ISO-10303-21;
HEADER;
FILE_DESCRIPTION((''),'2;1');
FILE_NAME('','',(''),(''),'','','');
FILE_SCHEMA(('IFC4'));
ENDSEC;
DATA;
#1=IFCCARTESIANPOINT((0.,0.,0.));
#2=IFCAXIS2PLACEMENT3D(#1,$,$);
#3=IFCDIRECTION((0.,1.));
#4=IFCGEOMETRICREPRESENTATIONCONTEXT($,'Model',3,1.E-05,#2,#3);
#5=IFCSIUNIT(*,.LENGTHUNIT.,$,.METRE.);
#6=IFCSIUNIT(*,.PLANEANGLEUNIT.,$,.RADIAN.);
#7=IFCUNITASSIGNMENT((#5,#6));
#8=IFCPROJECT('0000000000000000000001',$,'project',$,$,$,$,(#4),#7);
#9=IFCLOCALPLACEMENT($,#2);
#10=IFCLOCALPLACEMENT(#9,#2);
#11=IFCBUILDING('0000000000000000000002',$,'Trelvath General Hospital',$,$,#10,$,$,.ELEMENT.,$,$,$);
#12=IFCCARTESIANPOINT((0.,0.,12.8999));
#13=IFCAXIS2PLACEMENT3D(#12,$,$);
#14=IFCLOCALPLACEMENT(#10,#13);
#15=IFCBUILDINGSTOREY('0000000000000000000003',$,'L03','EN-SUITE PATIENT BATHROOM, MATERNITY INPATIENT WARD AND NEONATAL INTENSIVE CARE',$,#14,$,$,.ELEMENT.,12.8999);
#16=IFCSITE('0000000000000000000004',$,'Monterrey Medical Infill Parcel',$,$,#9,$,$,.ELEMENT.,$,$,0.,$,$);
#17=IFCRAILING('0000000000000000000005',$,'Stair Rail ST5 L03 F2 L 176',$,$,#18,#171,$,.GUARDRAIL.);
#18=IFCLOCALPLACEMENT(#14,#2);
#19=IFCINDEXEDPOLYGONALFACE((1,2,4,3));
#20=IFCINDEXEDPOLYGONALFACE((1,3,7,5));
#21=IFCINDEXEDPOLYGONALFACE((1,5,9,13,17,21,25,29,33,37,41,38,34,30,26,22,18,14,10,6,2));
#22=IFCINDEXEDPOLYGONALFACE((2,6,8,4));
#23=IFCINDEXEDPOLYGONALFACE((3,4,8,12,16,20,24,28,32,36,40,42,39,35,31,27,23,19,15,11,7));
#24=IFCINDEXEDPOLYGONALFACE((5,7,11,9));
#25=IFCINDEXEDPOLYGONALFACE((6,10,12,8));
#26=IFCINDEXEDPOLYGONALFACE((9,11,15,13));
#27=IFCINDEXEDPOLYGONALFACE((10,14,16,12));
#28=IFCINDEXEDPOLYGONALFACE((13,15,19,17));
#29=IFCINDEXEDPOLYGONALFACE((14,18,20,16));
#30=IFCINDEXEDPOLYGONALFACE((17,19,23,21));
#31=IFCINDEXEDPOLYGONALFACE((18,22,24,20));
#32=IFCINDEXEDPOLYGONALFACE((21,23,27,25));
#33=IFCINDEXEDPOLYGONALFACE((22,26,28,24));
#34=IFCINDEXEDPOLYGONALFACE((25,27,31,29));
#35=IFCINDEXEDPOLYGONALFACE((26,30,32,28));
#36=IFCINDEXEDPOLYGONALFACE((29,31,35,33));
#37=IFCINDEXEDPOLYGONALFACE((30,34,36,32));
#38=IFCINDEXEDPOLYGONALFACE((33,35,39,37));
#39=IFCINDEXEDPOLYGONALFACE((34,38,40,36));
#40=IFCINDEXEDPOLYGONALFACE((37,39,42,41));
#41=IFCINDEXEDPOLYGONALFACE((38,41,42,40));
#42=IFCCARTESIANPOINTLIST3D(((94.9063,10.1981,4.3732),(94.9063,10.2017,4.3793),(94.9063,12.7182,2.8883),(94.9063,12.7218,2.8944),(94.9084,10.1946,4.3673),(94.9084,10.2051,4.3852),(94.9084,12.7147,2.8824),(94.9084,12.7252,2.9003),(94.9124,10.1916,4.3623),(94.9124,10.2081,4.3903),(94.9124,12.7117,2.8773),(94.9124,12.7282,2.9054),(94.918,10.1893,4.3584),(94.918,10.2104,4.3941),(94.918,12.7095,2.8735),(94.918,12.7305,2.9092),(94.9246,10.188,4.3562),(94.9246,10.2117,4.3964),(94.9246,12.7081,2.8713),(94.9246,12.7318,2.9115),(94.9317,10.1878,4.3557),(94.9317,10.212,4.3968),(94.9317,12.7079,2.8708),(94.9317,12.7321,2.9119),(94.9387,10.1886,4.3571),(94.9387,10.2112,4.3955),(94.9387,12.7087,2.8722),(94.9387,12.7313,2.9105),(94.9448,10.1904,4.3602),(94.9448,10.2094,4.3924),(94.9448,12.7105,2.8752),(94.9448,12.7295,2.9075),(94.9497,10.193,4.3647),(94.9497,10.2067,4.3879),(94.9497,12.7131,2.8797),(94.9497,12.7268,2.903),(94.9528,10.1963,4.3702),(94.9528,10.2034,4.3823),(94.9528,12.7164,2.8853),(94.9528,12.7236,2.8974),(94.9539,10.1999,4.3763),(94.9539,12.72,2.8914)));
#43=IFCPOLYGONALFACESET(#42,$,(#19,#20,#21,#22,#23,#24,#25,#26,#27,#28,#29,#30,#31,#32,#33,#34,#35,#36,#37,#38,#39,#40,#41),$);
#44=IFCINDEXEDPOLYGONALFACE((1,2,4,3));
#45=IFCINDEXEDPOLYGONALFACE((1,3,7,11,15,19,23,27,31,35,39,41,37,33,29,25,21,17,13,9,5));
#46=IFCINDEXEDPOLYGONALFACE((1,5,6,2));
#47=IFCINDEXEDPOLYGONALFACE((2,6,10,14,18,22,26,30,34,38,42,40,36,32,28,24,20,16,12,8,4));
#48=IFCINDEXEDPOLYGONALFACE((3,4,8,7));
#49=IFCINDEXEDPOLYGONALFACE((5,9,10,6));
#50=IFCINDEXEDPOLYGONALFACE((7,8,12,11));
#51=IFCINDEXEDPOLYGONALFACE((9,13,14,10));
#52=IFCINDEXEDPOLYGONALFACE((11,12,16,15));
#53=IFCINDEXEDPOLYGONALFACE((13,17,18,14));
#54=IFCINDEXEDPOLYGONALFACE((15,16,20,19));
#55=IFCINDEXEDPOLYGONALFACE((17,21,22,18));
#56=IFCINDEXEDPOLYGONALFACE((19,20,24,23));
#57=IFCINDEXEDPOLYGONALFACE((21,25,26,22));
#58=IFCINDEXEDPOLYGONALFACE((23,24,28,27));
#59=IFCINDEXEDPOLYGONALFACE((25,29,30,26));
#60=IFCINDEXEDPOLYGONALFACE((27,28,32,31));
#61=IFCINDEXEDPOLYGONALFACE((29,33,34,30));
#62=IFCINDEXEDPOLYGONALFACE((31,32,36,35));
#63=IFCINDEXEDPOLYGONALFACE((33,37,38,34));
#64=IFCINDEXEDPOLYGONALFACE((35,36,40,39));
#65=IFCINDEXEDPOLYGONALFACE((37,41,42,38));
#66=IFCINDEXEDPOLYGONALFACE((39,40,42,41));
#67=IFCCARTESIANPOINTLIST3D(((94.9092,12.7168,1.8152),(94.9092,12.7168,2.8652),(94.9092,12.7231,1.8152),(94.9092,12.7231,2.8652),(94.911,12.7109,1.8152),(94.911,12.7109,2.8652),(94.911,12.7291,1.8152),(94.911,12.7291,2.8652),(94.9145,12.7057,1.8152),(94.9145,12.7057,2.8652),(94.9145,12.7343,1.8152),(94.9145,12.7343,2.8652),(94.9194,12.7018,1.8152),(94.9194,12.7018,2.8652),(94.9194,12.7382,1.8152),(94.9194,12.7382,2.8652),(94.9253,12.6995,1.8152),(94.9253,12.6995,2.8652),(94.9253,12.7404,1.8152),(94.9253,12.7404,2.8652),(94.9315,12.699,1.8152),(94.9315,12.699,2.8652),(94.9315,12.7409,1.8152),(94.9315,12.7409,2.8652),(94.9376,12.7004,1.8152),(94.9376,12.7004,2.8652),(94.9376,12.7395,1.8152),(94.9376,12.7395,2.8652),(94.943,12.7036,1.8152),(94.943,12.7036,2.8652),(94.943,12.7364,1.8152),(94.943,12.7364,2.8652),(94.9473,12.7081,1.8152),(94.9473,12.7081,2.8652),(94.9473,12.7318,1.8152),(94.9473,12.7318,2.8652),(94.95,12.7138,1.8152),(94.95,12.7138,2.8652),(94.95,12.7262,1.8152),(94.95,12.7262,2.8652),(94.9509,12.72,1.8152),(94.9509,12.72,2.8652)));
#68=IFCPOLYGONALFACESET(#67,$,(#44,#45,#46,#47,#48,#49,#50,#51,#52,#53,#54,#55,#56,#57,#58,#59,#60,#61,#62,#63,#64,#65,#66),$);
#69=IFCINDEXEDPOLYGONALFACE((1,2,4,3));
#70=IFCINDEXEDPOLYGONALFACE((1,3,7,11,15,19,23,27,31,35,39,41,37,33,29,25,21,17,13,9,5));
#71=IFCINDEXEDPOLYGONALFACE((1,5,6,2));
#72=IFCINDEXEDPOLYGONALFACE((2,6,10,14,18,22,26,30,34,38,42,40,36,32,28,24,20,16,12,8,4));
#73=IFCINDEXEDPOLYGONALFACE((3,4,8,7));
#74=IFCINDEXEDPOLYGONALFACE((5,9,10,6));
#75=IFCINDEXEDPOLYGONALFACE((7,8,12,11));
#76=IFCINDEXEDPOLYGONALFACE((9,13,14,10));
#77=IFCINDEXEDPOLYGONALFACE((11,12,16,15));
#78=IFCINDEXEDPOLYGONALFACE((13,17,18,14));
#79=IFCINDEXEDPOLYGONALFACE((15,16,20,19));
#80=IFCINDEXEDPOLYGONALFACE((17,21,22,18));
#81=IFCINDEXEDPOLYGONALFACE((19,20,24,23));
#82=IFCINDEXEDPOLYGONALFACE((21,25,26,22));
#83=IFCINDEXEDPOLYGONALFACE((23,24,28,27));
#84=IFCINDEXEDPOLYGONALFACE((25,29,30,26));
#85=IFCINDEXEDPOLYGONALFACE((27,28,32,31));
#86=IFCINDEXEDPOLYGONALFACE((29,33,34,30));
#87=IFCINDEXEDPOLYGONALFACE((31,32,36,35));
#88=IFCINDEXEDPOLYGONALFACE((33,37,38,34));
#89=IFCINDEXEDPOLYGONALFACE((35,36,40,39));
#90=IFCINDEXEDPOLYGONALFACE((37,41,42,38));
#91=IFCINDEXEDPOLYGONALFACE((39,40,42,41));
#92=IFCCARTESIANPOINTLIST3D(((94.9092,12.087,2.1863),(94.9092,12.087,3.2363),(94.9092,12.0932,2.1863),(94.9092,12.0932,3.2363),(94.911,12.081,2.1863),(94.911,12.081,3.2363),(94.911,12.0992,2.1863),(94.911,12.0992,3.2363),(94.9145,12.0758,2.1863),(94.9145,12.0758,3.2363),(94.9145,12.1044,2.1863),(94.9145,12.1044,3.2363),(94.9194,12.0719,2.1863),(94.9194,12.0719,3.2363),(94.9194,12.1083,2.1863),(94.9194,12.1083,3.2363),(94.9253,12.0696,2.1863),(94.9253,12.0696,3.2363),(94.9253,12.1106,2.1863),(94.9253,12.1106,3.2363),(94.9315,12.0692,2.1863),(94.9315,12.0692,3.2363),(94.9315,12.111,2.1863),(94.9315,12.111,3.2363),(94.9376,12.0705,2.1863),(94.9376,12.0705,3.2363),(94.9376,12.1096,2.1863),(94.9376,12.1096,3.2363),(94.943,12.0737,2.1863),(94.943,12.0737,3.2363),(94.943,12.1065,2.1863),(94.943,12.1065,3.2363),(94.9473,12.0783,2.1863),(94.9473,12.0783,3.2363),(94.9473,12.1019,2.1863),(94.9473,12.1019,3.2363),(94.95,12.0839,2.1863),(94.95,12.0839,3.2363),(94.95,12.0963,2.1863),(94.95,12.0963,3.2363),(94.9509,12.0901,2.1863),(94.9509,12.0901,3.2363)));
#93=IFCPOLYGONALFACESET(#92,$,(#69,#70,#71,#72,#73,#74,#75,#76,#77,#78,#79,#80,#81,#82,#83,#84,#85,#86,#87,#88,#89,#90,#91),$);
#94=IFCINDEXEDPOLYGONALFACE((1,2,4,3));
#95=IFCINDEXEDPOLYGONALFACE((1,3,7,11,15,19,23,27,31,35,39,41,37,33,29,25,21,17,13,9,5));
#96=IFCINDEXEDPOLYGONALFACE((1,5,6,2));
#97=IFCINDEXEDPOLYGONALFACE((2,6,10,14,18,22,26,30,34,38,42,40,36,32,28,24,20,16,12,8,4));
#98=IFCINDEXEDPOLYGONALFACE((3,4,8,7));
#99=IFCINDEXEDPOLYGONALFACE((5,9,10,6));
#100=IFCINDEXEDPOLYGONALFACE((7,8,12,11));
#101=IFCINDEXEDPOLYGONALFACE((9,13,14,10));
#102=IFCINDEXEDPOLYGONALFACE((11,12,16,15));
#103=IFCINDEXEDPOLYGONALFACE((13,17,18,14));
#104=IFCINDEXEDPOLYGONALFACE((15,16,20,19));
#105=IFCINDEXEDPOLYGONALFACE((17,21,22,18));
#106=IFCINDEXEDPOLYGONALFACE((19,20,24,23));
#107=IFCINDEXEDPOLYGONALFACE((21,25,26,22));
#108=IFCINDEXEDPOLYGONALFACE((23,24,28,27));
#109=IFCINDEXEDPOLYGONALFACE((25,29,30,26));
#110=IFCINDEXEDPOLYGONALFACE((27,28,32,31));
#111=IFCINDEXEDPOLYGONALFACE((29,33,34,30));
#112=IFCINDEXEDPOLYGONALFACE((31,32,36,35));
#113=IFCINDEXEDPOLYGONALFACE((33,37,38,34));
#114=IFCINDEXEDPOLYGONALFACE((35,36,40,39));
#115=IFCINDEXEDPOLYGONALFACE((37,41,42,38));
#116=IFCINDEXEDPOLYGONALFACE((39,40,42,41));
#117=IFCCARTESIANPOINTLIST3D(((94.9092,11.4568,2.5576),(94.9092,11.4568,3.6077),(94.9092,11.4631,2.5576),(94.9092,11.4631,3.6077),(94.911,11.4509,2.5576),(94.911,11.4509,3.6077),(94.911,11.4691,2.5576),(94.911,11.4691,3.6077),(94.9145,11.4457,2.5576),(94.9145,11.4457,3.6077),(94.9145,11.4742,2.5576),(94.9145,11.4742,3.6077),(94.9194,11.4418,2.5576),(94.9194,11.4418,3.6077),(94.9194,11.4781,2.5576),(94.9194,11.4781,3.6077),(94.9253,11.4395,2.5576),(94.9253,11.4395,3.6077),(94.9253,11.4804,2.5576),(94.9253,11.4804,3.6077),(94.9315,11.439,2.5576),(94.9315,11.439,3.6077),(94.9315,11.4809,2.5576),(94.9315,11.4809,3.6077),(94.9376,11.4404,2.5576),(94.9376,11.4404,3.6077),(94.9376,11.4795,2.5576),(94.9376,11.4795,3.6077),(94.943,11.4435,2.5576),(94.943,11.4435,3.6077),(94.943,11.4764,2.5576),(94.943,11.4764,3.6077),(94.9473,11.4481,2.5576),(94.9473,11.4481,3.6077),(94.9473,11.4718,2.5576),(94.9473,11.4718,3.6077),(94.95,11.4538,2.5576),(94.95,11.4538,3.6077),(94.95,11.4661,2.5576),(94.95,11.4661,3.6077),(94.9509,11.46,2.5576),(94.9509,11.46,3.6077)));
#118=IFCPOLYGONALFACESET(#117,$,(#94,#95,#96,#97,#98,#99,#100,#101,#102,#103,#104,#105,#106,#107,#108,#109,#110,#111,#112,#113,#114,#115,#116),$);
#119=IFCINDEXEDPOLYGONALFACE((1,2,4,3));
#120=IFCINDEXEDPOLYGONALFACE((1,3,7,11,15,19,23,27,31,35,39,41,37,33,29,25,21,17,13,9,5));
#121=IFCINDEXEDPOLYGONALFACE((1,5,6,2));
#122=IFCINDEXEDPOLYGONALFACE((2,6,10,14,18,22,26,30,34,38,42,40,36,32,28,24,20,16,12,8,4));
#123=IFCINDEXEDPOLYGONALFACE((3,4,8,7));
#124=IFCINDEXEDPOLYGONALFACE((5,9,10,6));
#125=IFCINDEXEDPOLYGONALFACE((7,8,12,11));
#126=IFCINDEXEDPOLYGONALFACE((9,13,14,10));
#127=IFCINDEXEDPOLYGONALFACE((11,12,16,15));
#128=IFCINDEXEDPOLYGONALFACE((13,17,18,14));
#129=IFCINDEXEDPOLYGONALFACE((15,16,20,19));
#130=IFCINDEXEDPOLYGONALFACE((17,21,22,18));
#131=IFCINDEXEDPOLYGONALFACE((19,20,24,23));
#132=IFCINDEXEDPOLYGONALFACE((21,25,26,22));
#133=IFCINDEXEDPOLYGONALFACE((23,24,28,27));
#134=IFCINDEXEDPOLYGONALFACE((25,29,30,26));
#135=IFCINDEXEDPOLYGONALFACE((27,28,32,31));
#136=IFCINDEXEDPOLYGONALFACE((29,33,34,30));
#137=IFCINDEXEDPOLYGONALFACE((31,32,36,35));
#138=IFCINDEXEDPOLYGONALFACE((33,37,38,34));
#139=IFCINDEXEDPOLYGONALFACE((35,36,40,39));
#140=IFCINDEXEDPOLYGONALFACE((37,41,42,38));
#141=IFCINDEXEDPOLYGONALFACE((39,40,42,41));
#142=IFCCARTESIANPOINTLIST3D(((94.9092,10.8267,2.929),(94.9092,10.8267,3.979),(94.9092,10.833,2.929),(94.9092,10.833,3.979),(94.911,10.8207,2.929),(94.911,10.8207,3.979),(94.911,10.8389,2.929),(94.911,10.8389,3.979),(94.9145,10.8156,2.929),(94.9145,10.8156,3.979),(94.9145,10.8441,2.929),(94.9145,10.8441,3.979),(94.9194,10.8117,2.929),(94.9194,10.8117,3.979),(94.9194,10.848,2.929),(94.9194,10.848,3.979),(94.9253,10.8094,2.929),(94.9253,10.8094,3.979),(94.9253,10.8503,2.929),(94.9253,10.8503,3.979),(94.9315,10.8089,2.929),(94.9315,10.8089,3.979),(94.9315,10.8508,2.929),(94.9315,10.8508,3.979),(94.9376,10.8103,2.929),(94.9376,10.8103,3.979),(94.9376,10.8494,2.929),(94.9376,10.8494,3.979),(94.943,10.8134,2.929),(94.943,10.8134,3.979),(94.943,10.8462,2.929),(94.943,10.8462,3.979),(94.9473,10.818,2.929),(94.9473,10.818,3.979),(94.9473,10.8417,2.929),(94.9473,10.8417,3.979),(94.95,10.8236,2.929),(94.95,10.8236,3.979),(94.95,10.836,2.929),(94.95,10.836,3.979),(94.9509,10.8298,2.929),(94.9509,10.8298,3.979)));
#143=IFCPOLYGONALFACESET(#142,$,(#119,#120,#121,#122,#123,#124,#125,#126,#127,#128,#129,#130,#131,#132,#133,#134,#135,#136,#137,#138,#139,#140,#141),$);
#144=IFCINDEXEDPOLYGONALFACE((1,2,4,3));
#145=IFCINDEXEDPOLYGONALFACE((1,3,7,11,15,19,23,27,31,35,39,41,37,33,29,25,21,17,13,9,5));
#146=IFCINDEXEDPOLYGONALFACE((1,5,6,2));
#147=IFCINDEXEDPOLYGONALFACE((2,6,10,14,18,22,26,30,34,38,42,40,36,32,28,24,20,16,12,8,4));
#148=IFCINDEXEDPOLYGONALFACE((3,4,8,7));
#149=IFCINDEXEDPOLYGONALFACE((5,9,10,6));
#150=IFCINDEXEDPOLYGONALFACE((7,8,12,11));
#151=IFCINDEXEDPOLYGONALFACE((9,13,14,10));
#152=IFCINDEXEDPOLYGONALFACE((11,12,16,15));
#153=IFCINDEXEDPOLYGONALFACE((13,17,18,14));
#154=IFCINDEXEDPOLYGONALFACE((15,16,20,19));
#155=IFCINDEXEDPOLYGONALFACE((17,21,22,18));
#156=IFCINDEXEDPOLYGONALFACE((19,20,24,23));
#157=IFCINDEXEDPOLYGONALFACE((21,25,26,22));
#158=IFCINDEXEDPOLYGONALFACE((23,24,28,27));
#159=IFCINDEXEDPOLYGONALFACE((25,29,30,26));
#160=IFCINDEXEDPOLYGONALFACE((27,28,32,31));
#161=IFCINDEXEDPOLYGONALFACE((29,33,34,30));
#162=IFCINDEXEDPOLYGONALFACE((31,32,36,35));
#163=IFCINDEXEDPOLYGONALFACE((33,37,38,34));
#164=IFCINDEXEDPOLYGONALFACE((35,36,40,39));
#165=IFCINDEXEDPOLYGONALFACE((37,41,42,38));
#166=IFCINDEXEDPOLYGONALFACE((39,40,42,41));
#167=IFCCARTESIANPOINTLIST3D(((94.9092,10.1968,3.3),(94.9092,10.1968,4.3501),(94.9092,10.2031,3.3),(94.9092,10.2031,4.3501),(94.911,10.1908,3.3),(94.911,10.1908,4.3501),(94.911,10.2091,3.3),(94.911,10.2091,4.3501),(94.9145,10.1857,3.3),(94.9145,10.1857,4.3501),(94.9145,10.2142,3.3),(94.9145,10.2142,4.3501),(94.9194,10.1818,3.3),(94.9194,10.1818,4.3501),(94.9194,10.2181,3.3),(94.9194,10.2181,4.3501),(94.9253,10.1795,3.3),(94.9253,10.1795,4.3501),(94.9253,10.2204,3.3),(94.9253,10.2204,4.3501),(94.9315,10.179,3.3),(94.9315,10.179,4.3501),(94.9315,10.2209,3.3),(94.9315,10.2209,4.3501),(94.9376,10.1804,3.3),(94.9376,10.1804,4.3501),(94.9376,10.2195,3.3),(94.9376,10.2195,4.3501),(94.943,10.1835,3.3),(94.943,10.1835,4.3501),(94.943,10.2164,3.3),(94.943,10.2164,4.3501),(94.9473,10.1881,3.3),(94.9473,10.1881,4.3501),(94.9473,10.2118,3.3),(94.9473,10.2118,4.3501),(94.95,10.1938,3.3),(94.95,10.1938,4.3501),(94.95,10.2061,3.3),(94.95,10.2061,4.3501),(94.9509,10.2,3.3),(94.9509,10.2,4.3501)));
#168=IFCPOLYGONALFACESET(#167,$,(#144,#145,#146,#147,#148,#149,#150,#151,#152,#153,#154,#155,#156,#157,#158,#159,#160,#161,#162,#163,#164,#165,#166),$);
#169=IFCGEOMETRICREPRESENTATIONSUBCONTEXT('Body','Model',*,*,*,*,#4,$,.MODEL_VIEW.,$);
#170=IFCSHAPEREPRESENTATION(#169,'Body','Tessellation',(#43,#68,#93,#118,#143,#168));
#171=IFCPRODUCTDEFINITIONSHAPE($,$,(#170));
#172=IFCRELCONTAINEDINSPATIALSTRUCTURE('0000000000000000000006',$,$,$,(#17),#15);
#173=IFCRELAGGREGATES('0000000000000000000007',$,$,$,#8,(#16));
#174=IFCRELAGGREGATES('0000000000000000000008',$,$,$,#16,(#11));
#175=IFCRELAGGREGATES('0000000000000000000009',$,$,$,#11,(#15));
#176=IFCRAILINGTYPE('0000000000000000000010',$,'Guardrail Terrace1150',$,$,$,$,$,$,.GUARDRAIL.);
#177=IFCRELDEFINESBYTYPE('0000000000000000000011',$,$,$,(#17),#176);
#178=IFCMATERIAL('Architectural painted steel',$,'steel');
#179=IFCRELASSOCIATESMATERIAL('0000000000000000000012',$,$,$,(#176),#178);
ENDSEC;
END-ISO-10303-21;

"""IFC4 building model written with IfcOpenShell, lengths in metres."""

from ifc_helpers import new_model, si_unit, direction, frame, origin, origin_2d, place, context, subcontext, project, spatial, circle, extrude, material, type_object, element, save


model = new_model("IFC4")

# Units and contexts
model_context = context("Model", 3, precision=1e-05, world=origin(), true_north=direction((0.0, 1.0)))
body_context = subcontext(model_context, "Body", "Model", "MODEL_VIEW")
ifc_project = project(units=[si_unit("LENGTHUNIT", "METRE"), si_unit("PLANEANGLEUNIT", "RADIAN")], contexts=[model_context])

# Site, building, storey
site_placement = place(None, origin())
site = spatial("IfcSite", under=ifc_project, at=site_placement, Name="Monterrey Medical Infill Parcel", CompositionType="ELEMENT", RefElevation=0.0)
building_placement = place(site_placement, origin())
building = spatial("IfcBuilding", under=site, at=building_placement, Name="Trelvath General Hospital", CompositionType="ELEMENT")
storey_placement = place(building_placement, frame((0.0, 0.0, 12.8999)))
storey = spatial("IfcBuildingStorey", under=building, at=storey_placement, Name="L03", Description="EN-SUITE PATIENT BATHROOM, MATERNITY INPATIENT WARD AND NEONATAL INTENSIVE CARE", CompositionType="ELEMENT", Elevation=12.8999)

# Railing
ifc_material_1 = material(Name="Architectural painted steel", Category="steel")
railing_type_1 = type_object("IfcRailingType", Name="Guardrail Terrace1150", PredefinedType="GUARDRAIL", material=ifc_material_1)
railing_1_placement = place(storey_placement, frame((94.9299, 12.72, 1.8152)))
element("IfcRailing", 1, at=railing_1_placement, inside=storey, type_object=railing_type_1, Name="Stair Rail ST5 L03 F2 L 176", PredefinedType="GUARDRAIL", context=body_context, shape_type="SweptSolid", body=[
    extrude(circle(Radius=0.0239, at=origin_2d()), frame((0.0, 0.0, 1.0762), z_axis=(0.0, -0.861561, 0.507655), x_axis=(1.0, 0.0, 0.0)), (0.0, 0.0, 1.0), 2.925),
    extrude(circle(Radius=0.021, at=origin_2d()), origin(), (0.0, 0.0, 1.0), 1.05),
    extrude(circle(Radius=0.021, at=origin_2d()), frame((0.0, -0.6299, 0.3711)), (0.0, 0.0, 1.0), 1.05),
    extrude(circle(Radius=0.021, at=origin_2d()), frame((0.0, -1.26, 0.7424)), (0.0, 0.0, 1.0), 1.05),
    extrude(circle(Radius=0.021, at=origin_2d()), frame((0.0, -1.8901, 1.1138)), (0.0, 0.0, 1.0), 1.05),
    extrude(circle(Radius=0.021, at=origin_2d()), frame((0.0, -2.52, 1.4849)), (0.0, 0.0, 1.0), 1.05),
])

save(model, "model.ifc")
